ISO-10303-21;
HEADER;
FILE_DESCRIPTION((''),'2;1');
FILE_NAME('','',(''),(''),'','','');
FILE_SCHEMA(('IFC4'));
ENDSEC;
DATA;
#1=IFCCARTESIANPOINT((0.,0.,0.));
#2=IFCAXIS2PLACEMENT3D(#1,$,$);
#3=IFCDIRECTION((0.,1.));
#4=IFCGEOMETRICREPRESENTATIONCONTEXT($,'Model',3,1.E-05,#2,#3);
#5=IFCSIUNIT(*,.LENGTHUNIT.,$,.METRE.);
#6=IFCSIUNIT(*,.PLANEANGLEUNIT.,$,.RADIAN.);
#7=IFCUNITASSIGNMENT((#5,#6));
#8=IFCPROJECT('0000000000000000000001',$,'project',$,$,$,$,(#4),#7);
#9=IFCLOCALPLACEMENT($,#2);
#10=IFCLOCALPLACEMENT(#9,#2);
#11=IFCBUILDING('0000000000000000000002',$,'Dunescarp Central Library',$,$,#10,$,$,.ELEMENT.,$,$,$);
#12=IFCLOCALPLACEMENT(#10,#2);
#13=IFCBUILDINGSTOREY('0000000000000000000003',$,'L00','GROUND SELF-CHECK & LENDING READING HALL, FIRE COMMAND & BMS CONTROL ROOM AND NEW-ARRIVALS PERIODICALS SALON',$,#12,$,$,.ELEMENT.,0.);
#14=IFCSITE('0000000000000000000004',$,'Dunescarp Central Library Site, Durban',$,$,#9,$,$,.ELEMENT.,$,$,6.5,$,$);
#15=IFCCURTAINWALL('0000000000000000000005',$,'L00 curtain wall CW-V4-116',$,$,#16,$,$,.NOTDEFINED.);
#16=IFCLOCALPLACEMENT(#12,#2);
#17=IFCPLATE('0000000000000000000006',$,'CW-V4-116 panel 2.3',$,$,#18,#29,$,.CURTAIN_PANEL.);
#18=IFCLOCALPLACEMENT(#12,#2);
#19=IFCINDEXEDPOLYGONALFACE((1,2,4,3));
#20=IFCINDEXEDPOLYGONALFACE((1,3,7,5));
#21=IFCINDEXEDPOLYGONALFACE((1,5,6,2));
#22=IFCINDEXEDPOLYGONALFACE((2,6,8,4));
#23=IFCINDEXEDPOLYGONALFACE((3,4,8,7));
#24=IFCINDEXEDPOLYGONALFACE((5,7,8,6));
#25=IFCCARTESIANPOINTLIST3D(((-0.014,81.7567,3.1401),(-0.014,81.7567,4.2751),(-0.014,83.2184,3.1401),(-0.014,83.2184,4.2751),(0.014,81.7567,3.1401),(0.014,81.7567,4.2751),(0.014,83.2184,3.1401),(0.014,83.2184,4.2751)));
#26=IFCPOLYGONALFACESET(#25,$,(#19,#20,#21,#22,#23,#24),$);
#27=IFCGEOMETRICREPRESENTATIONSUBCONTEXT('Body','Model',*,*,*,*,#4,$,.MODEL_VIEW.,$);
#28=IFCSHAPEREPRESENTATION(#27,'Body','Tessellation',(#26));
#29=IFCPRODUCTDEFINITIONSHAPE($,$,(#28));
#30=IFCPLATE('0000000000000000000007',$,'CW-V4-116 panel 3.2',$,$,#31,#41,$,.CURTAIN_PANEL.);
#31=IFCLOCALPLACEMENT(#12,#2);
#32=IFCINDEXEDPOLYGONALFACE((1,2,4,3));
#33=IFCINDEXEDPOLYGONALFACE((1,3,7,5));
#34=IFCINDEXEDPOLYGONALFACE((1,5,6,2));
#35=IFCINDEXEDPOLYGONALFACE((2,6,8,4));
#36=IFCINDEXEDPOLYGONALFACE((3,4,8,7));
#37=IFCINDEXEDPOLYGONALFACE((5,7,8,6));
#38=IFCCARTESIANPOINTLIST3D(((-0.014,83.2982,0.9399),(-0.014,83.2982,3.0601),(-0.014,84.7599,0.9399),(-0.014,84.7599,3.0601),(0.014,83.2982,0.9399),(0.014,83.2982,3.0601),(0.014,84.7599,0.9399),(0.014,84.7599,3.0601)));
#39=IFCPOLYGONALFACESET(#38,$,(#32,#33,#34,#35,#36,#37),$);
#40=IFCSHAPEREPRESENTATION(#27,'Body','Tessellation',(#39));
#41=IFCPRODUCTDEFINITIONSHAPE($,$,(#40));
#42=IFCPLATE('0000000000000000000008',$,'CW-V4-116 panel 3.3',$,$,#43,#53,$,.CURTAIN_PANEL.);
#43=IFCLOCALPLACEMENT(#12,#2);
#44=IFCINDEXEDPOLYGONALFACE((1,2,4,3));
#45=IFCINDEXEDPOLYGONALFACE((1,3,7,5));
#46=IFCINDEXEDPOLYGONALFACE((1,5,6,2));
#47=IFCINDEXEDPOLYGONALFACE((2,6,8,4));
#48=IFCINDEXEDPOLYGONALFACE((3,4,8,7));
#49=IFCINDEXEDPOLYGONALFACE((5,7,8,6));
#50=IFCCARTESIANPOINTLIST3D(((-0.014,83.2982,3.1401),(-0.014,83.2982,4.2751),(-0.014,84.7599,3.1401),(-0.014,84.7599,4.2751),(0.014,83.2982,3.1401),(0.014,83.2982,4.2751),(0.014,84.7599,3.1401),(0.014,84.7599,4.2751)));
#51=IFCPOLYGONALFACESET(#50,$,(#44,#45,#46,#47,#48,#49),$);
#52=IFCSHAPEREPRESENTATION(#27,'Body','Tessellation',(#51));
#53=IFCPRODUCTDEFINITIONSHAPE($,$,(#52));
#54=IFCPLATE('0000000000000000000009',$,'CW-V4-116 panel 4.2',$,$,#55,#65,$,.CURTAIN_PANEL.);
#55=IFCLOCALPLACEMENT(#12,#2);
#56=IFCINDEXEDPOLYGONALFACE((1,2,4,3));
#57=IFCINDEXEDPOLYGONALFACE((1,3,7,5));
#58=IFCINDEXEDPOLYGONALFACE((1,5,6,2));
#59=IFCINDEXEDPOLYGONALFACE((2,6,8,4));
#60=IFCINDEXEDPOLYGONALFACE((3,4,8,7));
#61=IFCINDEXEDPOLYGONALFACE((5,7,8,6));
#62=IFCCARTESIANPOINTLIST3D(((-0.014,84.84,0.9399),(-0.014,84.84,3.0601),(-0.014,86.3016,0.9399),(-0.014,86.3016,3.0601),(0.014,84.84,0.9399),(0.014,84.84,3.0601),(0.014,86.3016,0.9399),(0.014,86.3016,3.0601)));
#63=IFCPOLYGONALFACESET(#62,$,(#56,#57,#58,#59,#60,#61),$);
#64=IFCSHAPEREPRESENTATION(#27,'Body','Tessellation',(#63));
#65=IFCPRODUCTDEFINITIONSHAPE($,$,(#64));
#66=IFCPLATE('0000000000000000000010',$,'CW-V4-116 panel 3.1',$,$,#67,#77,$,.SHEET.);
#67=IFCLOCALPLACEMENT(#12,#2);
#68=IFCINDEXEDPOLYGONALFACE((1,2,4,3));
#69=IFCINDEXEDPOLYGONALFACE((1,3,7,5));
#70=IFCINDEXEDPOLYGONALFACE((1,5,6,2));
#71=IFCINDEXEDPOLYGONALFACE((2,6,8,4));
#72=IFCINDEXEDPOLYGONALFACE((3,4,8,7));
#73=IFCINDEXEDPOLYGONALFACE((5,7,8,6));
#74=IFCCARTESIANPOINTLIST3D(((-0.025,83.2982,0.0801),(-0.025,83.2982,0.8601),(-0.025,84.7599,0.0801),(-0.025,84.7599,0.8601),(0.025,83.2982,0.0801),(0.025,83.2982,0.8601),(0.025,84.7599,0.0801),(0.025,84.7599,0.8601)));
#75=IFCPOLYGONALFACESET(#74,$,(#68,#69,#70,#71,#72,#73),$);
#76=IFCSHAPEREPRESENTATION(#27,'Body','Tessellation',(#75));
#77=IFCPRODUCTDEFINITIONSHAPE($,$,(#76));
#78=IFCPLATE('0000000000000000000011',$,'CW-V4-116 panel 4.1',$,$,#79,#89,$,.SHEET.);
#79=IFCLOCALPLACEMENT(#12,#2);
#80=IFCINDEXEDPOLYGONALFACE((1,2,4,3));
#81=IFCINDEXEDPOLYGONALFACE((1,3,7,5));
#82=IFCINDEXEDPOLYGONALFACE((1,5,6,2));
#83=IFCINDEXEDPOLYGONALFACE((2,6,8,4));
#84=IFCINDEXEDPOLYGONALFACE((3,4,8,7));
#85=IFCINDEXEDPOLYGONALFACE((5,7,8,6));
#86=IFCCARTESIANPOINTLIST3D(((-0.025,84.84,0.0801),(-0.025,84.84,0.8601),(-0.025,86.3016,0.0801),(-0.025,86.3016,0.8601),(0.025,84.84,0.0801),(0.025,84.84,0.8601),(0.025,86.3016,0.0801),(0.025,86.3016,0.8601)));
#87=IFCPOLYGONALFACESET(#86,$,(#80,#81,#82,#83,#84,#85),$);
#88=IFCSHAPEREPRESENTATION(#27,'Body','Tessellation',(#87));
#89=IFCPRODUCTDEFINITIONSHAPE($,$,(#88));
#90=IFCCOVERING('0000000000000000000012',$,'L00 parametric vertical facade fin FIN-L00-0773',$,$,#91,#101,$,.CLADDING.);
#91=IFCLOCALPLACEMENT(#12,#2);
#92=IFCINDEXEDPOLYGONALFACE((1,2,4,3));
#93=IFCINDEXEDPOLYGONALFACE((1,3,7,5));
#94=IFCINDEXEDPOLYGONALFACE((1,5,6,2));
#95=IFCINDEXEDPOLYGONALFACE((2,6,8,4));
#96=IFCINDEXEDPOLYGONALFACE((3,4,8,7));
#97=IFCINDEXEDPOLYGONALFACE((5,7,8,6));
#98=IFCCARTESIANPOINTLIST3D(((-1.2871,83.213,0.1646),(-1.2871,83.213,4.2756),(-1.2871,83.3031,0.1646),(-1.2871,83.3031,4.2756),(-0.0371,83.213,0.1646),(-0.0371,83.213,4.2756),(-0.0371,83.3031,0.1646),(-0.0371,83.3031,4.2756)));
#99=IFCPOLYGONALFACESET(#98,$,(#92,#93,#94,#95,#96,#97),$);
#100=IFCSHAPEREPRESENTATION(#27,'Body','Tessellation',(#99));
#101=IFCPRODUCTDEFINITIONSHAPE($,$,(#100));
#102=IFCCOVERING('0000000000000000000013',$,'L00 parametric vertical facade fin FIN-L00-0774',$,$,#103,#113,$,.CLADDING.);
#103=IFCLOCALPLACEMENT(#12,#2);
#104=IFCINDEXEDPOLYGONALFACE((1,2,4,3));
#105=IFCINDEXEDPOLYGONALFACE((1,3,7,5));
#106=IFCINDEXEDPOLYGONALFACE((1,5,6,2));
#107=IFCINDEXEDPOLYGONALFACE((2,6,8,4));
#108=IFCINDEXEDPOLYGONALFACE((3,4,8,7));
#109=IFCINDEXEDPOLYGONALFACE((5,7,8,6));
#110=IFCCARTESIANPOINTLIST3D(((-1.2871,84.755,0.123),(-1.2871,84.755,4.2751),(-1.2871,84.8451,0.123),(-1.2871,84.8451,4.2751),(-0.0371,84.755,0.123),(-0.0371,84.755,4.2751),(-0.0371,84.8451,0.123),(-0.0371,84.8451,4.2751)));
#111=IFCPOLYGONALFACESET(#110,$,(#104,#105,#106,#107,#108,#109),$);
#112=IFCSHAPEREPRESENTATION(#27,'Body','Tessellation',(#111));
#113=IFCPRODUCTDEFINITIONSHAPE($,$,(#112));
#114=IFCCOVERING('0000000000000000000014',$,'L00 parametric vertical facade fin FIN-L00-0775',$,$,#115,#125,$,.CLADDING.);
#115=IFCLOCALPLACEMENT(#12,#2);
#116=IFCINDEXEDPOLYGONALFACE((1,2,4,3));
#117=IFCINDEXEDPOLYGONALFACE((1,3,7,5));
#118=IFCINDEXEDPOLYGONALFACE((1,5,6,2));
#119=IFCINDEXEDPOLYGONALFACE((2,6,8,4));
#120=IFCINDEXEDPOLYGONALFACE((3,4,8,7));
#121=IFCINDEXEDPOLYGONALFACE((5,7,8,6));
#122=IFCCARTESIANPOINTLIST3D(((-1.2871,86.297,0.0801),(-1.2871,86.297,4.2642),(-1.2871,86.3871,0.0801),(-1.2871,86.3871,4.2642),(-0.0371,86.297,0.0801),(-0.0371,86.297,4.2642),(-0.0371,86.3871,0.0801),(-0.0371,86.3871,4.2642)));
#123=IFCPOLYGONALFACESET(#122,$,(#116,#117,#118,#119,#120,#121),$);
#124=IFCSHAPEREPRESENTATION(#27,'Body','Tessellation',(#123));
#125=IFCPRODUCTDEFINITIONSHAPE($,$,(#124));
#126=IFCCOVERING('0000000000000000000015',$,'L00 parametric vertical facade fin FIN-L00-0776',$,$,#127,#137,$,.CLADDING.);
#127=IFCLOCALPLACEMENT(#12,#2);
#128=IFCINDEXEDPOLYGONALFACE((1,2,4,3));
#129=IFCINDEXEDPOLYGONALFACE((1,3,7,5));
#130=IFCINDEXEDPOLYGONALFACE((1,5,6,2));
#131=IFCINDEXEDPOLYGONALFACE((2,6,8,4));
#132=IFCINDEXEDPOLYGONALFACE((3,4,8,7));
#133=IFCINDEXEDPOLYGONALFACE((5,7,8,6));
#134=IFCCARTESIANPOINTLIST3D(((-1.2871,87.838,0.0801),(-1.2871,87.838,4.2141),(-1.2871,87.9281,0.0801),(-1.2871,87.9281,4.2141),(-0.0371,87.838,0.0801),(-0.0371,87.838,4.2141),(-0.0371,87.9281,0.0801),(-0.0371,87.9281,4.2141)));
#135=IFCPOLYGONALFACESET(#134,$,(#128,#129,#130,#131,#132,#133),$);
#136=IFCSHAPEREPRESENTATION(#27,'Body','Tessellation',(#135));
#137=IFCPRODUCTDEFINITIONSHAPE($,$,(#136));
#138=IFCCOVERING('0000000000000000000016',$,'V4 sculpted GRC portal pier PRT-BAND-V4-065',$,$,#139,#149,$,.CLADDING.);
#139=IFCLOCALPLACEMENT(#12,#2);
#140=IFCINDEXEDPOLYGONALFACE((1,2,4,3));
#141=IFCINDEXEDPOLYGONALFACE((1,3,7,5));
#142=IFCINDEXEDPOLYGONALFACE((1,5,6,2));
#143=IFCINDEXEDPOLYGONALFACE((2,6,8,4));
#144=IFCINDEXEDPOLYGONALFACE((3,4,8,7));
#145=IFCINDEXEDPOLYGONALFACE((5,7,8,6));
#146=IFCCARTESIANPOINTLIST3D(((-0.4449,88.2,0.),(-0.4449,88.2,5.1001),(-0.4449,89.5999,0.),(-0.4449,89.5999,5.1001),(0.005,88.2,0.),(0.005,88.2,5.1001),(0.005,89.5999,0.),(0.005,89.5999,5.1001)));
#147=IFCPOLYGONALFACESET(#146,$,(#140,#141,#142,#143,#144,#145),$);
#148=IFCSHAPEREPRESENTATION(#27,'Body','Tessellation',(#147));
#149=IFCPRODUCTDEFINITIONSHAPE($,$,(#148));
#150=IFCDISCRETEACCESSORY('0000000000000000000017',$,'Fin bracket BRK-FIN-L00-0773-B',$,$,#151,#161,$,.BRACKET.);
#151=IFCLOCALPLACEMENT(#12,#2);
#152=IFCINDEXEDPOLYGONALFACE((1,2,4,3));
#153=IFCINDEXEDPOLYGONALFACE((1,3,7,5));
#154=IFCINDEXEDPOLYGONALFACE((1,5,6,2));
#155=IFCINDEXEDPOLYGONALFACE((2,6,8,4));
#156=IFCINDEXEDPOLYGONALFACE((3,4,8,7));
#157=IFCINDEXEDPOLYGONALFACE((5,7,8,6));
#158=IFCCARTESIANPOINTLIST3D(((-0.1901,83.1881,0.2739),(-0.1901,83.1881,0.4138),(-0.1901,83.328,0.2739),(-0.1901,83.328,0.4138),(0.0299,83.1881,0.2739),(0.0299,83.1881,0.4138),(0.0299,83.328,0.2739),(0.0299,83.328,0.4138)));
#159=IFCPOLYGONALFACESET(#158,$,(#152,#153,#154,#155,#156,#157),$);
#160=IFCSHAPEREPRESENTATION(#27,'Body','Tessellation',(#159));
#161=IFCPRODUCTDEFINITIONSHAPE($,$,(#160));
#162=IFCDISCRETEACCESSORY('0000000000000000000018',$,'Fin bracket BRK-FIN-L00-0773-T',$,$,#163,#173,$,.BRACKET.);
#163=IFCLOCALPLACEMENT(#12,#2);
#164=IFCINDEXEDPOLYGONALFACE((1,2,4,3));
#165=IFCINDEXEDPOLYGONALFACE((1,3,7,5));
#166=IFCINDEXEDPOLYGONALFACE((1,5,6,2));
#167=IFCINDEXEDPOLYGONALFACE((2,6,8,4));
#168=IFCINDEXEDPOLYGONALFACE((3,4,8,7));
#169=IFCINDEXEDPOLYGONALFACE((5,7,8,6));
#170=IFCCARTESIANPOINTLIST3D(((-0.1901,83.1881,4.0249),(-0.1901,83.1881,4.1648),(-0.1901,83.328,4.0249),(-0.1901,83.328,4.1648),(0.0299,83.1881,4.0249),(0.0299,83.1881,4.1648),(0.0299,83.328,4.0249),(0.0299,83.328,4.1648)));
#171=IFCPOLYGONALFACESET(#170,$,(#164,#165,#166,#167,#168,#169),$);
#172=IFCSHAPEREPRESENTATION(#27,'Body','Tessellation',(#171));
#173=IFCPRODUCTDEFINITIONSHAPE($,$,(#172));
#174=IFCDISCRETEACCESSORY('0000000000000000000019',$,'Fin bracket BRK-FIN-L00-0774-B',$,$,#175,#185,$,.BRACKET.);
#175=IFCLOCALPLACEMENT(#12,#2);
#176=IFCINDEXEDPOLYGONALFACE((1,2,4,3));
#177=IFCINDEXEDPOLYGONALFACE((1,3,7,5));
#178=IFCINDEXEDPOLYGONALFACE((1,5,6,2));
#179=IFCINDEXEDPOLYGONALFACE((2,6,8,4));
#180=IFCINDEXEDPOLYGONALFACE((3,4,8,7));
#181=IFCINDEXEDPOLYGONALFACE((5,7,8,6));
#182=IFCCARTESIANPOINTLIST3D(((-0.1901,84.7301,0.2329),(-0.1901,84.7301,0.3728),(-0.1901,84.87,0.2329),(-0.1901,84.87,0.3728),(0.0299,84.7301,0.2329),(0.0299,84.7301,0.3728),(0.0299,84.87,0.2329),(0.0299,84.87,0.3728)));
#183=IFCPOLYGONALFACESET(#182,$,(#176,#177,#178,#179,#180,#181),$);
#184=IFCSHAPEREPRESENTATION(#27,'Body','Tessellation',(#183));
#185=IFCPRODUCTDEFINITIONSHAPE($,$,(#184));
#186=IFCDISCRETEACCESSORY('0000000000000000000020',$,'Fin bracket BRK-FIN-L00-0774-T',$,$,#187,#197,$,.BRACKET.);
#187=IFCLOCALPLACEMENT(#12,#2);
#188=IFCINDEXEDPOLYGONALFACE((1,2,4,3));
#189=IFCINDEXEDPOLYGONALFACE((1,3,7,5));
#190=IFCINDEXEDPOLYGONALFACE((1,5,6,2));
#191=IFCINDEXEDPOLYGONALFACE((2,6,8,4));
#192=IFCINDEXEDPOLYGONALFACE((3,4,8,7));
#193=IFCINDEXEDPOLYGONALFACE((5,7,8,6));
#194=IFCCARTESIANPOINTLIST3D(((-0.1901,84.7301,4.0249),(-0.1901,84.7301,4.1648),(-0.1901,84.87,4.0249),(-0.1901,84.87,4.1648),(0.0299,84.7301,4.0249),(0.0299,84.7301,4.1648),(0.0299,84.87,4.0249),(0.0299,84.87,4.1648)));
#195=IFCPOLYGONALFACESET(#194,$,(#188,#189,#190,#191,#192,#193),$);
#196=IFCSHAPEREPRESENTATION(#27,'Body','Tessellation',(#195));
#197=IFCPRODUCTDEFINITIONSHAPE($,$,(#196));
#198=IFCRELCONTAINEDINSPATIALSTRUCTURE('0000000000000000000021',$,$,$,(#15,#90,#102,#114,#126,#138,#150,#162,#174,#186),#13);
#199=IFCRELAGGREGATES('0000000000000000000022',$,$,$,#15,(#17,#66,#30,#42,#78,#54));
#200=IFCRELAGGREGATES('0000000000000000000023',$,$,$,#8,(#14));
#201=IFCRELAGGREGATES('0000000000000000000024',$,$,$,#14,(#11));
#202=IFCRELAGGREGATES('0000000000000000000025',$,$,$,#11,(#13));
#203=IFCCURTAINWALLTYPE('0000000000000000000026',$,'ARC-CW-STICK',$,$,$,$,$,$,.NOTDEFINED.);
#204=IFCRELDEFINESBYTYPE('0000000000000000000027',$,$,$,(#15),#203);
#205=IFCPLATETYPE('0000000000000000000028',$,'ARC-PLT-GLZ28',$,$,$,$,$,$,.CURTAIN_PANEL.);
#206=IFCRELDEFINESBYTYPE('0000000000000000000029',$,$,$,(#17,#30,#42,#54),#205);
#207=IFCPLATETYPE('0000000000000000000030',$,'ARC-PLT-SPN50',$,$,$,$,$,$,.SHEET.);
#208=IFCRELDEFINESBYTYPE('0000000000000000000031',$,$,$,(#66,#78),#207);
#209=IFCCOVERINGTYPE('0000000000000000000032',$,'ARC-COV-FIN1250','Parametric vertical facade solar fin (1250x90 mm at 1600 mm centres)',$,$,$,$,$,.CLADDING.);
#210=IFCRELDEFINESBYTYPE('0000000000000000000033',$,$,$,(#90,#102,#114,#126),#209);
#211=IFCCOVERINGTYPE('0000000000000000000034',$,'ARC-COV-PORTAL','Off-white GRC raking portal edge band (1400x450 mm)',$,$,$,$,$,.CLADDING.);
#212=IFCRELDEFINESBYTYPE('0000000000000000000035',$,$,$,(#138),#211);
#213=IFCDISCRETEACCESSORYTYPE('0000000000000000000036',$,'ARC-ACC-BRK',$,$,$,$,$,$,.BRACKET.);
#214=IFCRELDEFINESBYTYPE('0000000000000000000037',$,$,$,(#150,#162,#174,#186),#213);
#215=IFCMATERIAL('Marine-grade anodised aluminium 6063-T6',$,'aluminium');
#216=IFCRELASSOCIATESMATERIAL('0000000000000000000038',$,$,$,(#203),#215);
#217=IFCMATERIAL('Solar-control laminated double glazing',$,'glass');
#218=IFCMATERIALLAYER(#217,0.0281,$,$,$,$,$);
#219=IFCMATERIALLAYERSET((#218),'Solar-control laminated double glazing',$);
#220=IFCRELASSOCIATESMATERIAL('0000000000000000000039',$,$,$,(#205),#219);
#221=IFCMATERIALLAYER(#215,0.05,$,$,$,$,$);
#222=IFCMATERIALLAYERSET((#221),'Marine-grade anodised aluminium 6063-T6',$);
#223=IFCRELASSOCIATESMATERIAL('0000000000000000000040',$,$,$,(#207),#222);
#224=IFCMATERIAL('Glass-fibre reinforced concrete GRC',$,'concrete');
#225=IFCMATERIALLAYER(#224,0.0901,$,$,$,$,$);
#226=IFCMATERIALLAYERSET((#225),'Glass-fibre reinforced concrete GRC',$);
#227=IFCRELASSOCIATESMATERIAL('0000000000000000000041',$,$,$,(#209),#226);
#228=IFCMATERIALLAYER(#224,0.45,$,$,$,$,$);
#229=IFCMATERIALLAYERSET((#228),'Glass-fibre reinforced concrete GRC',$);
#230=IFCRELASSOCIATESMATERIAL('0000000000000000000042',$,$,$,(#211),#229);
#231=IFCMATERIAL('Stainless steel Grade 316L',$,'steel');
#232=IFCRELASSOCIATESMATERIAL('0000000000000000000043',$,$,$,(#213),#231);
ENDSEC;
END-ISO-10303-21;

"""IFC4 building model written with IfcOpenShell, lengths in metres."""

from ifc_helpers import new_model, si_unit, direction, frame, origin, origin_2d, place, context, subcontext, project, spatial, rectangle, extrude, material, layer, layer_set, type_object, element, aggregate, save


model = new_model("IFC4")

# Units and contexts
model_context = context("Model", 3, precision=1e-05, world=origin(), true_north=direction((0.0, 1.0)))
body_context = subcontext(model_context, "Body", "Model", "MODEL_VIEW")
ifc_project = project(units=[si_unit("LENGTHUNIT", "METRE"), si_unit("PLANEANGLEUNIT", "RADIAN")], contexts=[model_context])

# Site, building, storey
site_placement = place(None, origin())
site = spatial("IfcSite", under=ifc_project, at=site_placement, Name="Dunescarp Central Library Site, Durban", CompositionType="ELEMENT", RefElevation=6.5)
building_placement = place(site_placement, origin())
building = spatial("IfcBuilding", under=site, at=building_placement, Name="Dunescarp Central Library", CompositionType="ELEMENT")
storey_placement = place(building_placement, origin())
storey = spatial("IfcBuildingStorey", under=building, at=storey_placement, Name="L00", Description="GROUND SELF-CHECK & LENDING READING HALL, FIRE COMMAND & BMS CONTROL ROOM AND NEW-ARRIVALS PERIODICALS SALON", CompositionType="ELEMENT", Elevation=0.0)

# Curtain wall, plates
ifc_material_1 = material(Name="Marine-grade anodised aluminium 6063-T6", Category="aluminium")
curtain_wall_type = type_object("IfcCurtainWallType", Name="ARC-CW-STICK", PredefinedType="NOTDEFINED", material=ifc_material_1)
curtain_wall_placement = place(storey_placement, origin())
curtain_wall = element("IfcCurtainWall", 1, at=curtain_wall_placement, inside=storey, type_object=curtain_wall_type, Name="L00 curtain wall CW-V4-116", PredefinedType="NOTDEFINED")
ifc_material_2 = material(Name="Solar-control laminated double glazing", Category="glass")
ifc_layer_1 = layer(ifc_material_2, 0.0281)
ifc_layer_set_1 = layer_set([ifc_layer_1], Name="Solar-control laminated double glazing")
plate_type_1 = type_object("IfcPlateType", Name="ARC-PLT-GLZ28", PredefinedType="CURTAIN_PANEL", material=ifc_layer_set_1)
plate_1_placement = place(storey_placement, frame((0.0, 82.4875, 3.1401), z_axis=(0.0, 0.0, 1.0), x_axis=(0.0, 1.0, 0.0)))
plate_1 = element("IfcPlate", 2, at=plate_1_placement, type_object=plate_type_1, Name="CW-V4-116 panel 2.3", PredefinedType="CURTAIN_PANEL", context=body_context, shape_type="SweptSolid", body=[
    extrude(rectangle(XDim=1.4617, YDim=0.0281, at=origin_2d()), origin(), (0.0, 0.0, 1.0), 1.135),
])
plate_2_placement = place(storey_placement, frame((0.0, 84.0291, 0.9399), z_axis=(0.0, 0.0, 1.0), x_axis=(0.0, 1.0, 0.0)))
plate_2 = element("IfcPlate", 3, at=plate_2_placement, type_object=plate_type_1, Name="CW-V4-116 panel 3.2", PredefinedType="CURTAIN_PANEL", context=body_context, shape_type="SweptSolid", body=[
    extrude(rectangle(XDim=1.4617, YDim=0.0281, at=origin_2d()), origin(), (0.0, 0.0, 1.0), 2.1201),
])
plate_3_placement = place(storey_placement, frame((0.0, 84.0291, 3.1401), z_axis=(0.0, 0.0, 1.0), x_axis=(0.0, 1.0, 0.0)))
plate_3 = element("IfcPlate", 4, at=plate_3_placement, type_object=plate_type_1, Name="CW-V4-116 panel 3.3", PredefinedType="CURTAIN_PANEL", context=body_context, shape_type="SweptSolid", body=[
    extrude(rectangle(XDim=1.4617, YDim=0.0281, at=origin_2d()), origin(), (0.0, 0.0, 1.0), 1.135),
])
plate_4_placement = place(storey_placement, frame((0.0, 85.5708, 0.9399), z_axis=(0.0, 0.0, 1.0), x_axis=(0.0, 1.0, 0.0)))
plate_4 = element("IfcPlate", 5, at=plate_4_placement, type_object=plate_type_1, Name="CW-V4-116 panel 4.2", PredefinedType="CURTAIN_PANEL", context=body_context, shape_type="SweptSolid", body=[
    extrude(rectangle(XDim=1.4617, YDim=0.0281, at=origin_2d()), origin(), (0.0, 0.0, 1.0), 2.1201),
])
ifc_layer_2 = layer(ifc_material_1, 0.05)
ifc_layer_set_2 = layer_set([ifc_layer_2], Name="Marine-grade anodised aluminium 6063-T6")
plate_type_2 = type_object("IfcPlateType", Name="ARC-PLT-SPN50", PredefinedType="SHEET", material=ifc_layer_set_2)
plate_5_placement = place(storey_placement, frame((0.0, 84.0291, 0.0801), z_axis=(0.0, 0.0, 1.0), x_axis=(0.0, 1.0, 0.0)))
plate_5 = element("IfcPlate", 6, at=plate_5_placement, type_object=plate_type_2, Name="CW-V4-116 panel 3.1", PredefinedType="SHEET", context=body_context, shape_type="SweptSolid", body=[
    extrude(rectangle(XDim=1.4617, YDim=0.05, at=origin_2d()), origin(), (0.0, 0.0, 1.0), 0.78),
])
plate_6_placement = place(storey_placement, frame((0.0, 85.5708, 0.0801), z_axis=(0.0, 0.0, 1.0), x_axis=(0.0, 1.0, 0.0)))
plate_6 = element("IfcPlate", 7, at=plate_6_placement, type_object=plate_type_2, Name="CW-V4-116 panel 4.1", PredefinedType="SHEET", context=body_context, shape_type="SweptSolid", body=[
    extrude(rectangle(XDim=1.4617, YDim=0.05, at=origin_2d()), origin(), (0.0, 0.0, 1.0), 0.78),
])
aggregate(curtain_wall, [plate_1, plate_5, plate_2, plate_3, plate_6, plate_4])

# Coverings
ifc_material_3 = material(Name="Glass-fibre reinforced concrete GRC", Category="concrete")
ifc_layer_3 = layer(ifc_material_3, 0.0901)
ifc_layer_set_3 = layer_set([ifc_layer_3], Name="Glass-fibre reinforced concrete GRC")
covering_type_1 = type_object("IfcCoveringType", Name="ARC-COV-FIN1250", Description="Parametric vertical facade solar fin (1250x90 mm at 1600 mm centres)", PredefinedType="CLADDING", material=ifc_layer_set_3)
covering_1_placement = place(storey_placement, frame((-0.6621, 83.2581, 0.1646), z_axis=(0.0, 0.0, 1.0), x_axis=(-1.0, 0.0, 0.0)))
element("IfcCovering", 8, at=covering_1_placement, inside=storey, type_object=covering_type_1, Name="L00 parametric vertical facade fin FIN-L00-0773", PredefinedType="CLADDING", context=body_context, shape_type="SweptSolid", body=[
    extrude(rectangle(XDim=1.25, YDim=0.0901, at=origin_2d()), origin(), (0.0, 0.0, 1.0), 4.1111),
])
covering_2_placement = place(storey_placement, frame((-0.6621, 84.8, 0.123), z_axis=(0.0, 0.0, 1.0), x_axis=(-1.0, 0.0, 0.0)))
element("IfcCovering", 9, at=covering_2_placement, inside=storey, type_object=covering_type_1, Name="L00 parametric vertical facade fin FIN-L00-0774", PredefinedType="CLADDING", context=body_context, shape_type="SweptSolid", body=[
    extrude(rectangle(XDim=1.25, YDim=0.0901, at=origin_2d()), origin(), (0.0, 0.0, 1.0), 4.1521),
])
covering_3_placement = place(storey_placement, frame((-0.6621, 86.342, 0.0801), z_axis=(0.0, 0.0, 1.0), x_axis=(-1.0, 0.0, 0.0)))
element("IfcCovering", 10, at=covering_3_placement, inside=storey, type_object=covering_type_1, Name="L00 parametric vertical facade fin FIN-L00-0775", PredefinedType="CLADDING", context=body_context, shape_type="SweptSolid", body=[
    extrude(rectangle(XDim=1.25, YDim=0.0901, at=origin_2d()), origin(), (0.0, 0.0, 1.0), 4.1841),
])
covering_4_placement = place(storey_placement, frame((-0.6621, 87.8831, 0.0801), z_axis=(0.0, 0.0, 1.0), x_axis=(-1.0, 0.0, 0.0)))
element("IfcCovering", 11, at=covering_4_placement, inside=storey, type_object=covering_type_1, Name="L00 parametric vertical facade fin FIN-L00-0776", PredefinedType="CLADDING", context=body_context, shape_type="SweptSolid", body=[
    extrude(rectangle(XDim=1.25, YDim=0.0901, at=origin_2d()), origin(), (0.0, 0.0, 1.0), 4.134),
])
ifc_layer_4 = layer(ifc_material_3, 0.45)
ifc_layer_set_4 = layer_set([ifc_layer_4], Name="Glass-fibre reinforced concrete GRC")
covering_type_2 = type_object("IfcCoveringType", Name="ARC-COV-PORTAL", Description="Off-white GRC raking portal edge band (1400x450 mm)", PredefinedType="CLADDING", material=ifc_layer_set_4)
covering_5_placement = place(storey_placement, frame((-0.22, 88.8999, 0.0), z_axis=(0.0, 0.0, 1.0), x_axis=(1.0, 0.0, 0.0)))
element("IfcCovering", 12, at=covering_5_placement, inside=storey, type_object=covering_type_2, Name="V4 sculpted GRC portal pier PRT-BAND-V4-065", PredefinedType="CLADDING", context=body_context, shape_type="SweptSolid", body=[
    extrude(rectangle(XDim=0.45, YDim=1.3999, at=origin_2d()), origin(), (0.0, 0.0, 1.0), 5.1001),
])

# Discrete accessories
ifc_material_4 = material(Name="Stainless steel Grade 316L", Category="steel")
discrete_accessory_type = type_object("IfcDiscreteAccessoryType", Name="ARC-ACC-BRK", PredefinedType="BRACKET", material=ifc_material_4)
for number, where, z_axis, x_axis, name in (
    (13, (-0.0801, 83.2581, 0.2739), (0.0, 0.0, 1.0), (-1.0, 0.0, 0.0), "Fin bracket BRK-FIN-L00-0773-B"),
    (14, (-0.0801, 83.2581, 4.0249), (0.0, 0.0, 1.0), (-1.0, 0.0, 0.0), "Fin bracket BRK-FIN-L00-0773-T"),
    (15, (-0.0801, 84.8, 0.2329), (0.0, 0.0, 1.0), (-1.0, 0.0, 0.0), "Fin bracket BRK-FIN-L00-0774-B"),
    (16, (-0.0801, 84.8, 4.0249), (0.0, 0.0, 1.0), (-1.0, 0.0, 0.0), "Fin bracket BRK-FIN-L00-0774-T"),
):
    element("IfcDiscreteAccessory", number, at=place(storey_placement, frame(where, z_axis=z_axis, x_axis=x_axis)), inside=storey, type_object=discrete_accessory_type, Name=name, PredefinedType="BRACKET", context=body_context, shape_type="SweptSolid", body=[
        extrude(rectangle(XDim=0.22, YDim=0.1399, at=origin_2d()), origin(), (0.0, 0.0, 1.0), 0.1399),
    ])

save(model, "model.ifc")
